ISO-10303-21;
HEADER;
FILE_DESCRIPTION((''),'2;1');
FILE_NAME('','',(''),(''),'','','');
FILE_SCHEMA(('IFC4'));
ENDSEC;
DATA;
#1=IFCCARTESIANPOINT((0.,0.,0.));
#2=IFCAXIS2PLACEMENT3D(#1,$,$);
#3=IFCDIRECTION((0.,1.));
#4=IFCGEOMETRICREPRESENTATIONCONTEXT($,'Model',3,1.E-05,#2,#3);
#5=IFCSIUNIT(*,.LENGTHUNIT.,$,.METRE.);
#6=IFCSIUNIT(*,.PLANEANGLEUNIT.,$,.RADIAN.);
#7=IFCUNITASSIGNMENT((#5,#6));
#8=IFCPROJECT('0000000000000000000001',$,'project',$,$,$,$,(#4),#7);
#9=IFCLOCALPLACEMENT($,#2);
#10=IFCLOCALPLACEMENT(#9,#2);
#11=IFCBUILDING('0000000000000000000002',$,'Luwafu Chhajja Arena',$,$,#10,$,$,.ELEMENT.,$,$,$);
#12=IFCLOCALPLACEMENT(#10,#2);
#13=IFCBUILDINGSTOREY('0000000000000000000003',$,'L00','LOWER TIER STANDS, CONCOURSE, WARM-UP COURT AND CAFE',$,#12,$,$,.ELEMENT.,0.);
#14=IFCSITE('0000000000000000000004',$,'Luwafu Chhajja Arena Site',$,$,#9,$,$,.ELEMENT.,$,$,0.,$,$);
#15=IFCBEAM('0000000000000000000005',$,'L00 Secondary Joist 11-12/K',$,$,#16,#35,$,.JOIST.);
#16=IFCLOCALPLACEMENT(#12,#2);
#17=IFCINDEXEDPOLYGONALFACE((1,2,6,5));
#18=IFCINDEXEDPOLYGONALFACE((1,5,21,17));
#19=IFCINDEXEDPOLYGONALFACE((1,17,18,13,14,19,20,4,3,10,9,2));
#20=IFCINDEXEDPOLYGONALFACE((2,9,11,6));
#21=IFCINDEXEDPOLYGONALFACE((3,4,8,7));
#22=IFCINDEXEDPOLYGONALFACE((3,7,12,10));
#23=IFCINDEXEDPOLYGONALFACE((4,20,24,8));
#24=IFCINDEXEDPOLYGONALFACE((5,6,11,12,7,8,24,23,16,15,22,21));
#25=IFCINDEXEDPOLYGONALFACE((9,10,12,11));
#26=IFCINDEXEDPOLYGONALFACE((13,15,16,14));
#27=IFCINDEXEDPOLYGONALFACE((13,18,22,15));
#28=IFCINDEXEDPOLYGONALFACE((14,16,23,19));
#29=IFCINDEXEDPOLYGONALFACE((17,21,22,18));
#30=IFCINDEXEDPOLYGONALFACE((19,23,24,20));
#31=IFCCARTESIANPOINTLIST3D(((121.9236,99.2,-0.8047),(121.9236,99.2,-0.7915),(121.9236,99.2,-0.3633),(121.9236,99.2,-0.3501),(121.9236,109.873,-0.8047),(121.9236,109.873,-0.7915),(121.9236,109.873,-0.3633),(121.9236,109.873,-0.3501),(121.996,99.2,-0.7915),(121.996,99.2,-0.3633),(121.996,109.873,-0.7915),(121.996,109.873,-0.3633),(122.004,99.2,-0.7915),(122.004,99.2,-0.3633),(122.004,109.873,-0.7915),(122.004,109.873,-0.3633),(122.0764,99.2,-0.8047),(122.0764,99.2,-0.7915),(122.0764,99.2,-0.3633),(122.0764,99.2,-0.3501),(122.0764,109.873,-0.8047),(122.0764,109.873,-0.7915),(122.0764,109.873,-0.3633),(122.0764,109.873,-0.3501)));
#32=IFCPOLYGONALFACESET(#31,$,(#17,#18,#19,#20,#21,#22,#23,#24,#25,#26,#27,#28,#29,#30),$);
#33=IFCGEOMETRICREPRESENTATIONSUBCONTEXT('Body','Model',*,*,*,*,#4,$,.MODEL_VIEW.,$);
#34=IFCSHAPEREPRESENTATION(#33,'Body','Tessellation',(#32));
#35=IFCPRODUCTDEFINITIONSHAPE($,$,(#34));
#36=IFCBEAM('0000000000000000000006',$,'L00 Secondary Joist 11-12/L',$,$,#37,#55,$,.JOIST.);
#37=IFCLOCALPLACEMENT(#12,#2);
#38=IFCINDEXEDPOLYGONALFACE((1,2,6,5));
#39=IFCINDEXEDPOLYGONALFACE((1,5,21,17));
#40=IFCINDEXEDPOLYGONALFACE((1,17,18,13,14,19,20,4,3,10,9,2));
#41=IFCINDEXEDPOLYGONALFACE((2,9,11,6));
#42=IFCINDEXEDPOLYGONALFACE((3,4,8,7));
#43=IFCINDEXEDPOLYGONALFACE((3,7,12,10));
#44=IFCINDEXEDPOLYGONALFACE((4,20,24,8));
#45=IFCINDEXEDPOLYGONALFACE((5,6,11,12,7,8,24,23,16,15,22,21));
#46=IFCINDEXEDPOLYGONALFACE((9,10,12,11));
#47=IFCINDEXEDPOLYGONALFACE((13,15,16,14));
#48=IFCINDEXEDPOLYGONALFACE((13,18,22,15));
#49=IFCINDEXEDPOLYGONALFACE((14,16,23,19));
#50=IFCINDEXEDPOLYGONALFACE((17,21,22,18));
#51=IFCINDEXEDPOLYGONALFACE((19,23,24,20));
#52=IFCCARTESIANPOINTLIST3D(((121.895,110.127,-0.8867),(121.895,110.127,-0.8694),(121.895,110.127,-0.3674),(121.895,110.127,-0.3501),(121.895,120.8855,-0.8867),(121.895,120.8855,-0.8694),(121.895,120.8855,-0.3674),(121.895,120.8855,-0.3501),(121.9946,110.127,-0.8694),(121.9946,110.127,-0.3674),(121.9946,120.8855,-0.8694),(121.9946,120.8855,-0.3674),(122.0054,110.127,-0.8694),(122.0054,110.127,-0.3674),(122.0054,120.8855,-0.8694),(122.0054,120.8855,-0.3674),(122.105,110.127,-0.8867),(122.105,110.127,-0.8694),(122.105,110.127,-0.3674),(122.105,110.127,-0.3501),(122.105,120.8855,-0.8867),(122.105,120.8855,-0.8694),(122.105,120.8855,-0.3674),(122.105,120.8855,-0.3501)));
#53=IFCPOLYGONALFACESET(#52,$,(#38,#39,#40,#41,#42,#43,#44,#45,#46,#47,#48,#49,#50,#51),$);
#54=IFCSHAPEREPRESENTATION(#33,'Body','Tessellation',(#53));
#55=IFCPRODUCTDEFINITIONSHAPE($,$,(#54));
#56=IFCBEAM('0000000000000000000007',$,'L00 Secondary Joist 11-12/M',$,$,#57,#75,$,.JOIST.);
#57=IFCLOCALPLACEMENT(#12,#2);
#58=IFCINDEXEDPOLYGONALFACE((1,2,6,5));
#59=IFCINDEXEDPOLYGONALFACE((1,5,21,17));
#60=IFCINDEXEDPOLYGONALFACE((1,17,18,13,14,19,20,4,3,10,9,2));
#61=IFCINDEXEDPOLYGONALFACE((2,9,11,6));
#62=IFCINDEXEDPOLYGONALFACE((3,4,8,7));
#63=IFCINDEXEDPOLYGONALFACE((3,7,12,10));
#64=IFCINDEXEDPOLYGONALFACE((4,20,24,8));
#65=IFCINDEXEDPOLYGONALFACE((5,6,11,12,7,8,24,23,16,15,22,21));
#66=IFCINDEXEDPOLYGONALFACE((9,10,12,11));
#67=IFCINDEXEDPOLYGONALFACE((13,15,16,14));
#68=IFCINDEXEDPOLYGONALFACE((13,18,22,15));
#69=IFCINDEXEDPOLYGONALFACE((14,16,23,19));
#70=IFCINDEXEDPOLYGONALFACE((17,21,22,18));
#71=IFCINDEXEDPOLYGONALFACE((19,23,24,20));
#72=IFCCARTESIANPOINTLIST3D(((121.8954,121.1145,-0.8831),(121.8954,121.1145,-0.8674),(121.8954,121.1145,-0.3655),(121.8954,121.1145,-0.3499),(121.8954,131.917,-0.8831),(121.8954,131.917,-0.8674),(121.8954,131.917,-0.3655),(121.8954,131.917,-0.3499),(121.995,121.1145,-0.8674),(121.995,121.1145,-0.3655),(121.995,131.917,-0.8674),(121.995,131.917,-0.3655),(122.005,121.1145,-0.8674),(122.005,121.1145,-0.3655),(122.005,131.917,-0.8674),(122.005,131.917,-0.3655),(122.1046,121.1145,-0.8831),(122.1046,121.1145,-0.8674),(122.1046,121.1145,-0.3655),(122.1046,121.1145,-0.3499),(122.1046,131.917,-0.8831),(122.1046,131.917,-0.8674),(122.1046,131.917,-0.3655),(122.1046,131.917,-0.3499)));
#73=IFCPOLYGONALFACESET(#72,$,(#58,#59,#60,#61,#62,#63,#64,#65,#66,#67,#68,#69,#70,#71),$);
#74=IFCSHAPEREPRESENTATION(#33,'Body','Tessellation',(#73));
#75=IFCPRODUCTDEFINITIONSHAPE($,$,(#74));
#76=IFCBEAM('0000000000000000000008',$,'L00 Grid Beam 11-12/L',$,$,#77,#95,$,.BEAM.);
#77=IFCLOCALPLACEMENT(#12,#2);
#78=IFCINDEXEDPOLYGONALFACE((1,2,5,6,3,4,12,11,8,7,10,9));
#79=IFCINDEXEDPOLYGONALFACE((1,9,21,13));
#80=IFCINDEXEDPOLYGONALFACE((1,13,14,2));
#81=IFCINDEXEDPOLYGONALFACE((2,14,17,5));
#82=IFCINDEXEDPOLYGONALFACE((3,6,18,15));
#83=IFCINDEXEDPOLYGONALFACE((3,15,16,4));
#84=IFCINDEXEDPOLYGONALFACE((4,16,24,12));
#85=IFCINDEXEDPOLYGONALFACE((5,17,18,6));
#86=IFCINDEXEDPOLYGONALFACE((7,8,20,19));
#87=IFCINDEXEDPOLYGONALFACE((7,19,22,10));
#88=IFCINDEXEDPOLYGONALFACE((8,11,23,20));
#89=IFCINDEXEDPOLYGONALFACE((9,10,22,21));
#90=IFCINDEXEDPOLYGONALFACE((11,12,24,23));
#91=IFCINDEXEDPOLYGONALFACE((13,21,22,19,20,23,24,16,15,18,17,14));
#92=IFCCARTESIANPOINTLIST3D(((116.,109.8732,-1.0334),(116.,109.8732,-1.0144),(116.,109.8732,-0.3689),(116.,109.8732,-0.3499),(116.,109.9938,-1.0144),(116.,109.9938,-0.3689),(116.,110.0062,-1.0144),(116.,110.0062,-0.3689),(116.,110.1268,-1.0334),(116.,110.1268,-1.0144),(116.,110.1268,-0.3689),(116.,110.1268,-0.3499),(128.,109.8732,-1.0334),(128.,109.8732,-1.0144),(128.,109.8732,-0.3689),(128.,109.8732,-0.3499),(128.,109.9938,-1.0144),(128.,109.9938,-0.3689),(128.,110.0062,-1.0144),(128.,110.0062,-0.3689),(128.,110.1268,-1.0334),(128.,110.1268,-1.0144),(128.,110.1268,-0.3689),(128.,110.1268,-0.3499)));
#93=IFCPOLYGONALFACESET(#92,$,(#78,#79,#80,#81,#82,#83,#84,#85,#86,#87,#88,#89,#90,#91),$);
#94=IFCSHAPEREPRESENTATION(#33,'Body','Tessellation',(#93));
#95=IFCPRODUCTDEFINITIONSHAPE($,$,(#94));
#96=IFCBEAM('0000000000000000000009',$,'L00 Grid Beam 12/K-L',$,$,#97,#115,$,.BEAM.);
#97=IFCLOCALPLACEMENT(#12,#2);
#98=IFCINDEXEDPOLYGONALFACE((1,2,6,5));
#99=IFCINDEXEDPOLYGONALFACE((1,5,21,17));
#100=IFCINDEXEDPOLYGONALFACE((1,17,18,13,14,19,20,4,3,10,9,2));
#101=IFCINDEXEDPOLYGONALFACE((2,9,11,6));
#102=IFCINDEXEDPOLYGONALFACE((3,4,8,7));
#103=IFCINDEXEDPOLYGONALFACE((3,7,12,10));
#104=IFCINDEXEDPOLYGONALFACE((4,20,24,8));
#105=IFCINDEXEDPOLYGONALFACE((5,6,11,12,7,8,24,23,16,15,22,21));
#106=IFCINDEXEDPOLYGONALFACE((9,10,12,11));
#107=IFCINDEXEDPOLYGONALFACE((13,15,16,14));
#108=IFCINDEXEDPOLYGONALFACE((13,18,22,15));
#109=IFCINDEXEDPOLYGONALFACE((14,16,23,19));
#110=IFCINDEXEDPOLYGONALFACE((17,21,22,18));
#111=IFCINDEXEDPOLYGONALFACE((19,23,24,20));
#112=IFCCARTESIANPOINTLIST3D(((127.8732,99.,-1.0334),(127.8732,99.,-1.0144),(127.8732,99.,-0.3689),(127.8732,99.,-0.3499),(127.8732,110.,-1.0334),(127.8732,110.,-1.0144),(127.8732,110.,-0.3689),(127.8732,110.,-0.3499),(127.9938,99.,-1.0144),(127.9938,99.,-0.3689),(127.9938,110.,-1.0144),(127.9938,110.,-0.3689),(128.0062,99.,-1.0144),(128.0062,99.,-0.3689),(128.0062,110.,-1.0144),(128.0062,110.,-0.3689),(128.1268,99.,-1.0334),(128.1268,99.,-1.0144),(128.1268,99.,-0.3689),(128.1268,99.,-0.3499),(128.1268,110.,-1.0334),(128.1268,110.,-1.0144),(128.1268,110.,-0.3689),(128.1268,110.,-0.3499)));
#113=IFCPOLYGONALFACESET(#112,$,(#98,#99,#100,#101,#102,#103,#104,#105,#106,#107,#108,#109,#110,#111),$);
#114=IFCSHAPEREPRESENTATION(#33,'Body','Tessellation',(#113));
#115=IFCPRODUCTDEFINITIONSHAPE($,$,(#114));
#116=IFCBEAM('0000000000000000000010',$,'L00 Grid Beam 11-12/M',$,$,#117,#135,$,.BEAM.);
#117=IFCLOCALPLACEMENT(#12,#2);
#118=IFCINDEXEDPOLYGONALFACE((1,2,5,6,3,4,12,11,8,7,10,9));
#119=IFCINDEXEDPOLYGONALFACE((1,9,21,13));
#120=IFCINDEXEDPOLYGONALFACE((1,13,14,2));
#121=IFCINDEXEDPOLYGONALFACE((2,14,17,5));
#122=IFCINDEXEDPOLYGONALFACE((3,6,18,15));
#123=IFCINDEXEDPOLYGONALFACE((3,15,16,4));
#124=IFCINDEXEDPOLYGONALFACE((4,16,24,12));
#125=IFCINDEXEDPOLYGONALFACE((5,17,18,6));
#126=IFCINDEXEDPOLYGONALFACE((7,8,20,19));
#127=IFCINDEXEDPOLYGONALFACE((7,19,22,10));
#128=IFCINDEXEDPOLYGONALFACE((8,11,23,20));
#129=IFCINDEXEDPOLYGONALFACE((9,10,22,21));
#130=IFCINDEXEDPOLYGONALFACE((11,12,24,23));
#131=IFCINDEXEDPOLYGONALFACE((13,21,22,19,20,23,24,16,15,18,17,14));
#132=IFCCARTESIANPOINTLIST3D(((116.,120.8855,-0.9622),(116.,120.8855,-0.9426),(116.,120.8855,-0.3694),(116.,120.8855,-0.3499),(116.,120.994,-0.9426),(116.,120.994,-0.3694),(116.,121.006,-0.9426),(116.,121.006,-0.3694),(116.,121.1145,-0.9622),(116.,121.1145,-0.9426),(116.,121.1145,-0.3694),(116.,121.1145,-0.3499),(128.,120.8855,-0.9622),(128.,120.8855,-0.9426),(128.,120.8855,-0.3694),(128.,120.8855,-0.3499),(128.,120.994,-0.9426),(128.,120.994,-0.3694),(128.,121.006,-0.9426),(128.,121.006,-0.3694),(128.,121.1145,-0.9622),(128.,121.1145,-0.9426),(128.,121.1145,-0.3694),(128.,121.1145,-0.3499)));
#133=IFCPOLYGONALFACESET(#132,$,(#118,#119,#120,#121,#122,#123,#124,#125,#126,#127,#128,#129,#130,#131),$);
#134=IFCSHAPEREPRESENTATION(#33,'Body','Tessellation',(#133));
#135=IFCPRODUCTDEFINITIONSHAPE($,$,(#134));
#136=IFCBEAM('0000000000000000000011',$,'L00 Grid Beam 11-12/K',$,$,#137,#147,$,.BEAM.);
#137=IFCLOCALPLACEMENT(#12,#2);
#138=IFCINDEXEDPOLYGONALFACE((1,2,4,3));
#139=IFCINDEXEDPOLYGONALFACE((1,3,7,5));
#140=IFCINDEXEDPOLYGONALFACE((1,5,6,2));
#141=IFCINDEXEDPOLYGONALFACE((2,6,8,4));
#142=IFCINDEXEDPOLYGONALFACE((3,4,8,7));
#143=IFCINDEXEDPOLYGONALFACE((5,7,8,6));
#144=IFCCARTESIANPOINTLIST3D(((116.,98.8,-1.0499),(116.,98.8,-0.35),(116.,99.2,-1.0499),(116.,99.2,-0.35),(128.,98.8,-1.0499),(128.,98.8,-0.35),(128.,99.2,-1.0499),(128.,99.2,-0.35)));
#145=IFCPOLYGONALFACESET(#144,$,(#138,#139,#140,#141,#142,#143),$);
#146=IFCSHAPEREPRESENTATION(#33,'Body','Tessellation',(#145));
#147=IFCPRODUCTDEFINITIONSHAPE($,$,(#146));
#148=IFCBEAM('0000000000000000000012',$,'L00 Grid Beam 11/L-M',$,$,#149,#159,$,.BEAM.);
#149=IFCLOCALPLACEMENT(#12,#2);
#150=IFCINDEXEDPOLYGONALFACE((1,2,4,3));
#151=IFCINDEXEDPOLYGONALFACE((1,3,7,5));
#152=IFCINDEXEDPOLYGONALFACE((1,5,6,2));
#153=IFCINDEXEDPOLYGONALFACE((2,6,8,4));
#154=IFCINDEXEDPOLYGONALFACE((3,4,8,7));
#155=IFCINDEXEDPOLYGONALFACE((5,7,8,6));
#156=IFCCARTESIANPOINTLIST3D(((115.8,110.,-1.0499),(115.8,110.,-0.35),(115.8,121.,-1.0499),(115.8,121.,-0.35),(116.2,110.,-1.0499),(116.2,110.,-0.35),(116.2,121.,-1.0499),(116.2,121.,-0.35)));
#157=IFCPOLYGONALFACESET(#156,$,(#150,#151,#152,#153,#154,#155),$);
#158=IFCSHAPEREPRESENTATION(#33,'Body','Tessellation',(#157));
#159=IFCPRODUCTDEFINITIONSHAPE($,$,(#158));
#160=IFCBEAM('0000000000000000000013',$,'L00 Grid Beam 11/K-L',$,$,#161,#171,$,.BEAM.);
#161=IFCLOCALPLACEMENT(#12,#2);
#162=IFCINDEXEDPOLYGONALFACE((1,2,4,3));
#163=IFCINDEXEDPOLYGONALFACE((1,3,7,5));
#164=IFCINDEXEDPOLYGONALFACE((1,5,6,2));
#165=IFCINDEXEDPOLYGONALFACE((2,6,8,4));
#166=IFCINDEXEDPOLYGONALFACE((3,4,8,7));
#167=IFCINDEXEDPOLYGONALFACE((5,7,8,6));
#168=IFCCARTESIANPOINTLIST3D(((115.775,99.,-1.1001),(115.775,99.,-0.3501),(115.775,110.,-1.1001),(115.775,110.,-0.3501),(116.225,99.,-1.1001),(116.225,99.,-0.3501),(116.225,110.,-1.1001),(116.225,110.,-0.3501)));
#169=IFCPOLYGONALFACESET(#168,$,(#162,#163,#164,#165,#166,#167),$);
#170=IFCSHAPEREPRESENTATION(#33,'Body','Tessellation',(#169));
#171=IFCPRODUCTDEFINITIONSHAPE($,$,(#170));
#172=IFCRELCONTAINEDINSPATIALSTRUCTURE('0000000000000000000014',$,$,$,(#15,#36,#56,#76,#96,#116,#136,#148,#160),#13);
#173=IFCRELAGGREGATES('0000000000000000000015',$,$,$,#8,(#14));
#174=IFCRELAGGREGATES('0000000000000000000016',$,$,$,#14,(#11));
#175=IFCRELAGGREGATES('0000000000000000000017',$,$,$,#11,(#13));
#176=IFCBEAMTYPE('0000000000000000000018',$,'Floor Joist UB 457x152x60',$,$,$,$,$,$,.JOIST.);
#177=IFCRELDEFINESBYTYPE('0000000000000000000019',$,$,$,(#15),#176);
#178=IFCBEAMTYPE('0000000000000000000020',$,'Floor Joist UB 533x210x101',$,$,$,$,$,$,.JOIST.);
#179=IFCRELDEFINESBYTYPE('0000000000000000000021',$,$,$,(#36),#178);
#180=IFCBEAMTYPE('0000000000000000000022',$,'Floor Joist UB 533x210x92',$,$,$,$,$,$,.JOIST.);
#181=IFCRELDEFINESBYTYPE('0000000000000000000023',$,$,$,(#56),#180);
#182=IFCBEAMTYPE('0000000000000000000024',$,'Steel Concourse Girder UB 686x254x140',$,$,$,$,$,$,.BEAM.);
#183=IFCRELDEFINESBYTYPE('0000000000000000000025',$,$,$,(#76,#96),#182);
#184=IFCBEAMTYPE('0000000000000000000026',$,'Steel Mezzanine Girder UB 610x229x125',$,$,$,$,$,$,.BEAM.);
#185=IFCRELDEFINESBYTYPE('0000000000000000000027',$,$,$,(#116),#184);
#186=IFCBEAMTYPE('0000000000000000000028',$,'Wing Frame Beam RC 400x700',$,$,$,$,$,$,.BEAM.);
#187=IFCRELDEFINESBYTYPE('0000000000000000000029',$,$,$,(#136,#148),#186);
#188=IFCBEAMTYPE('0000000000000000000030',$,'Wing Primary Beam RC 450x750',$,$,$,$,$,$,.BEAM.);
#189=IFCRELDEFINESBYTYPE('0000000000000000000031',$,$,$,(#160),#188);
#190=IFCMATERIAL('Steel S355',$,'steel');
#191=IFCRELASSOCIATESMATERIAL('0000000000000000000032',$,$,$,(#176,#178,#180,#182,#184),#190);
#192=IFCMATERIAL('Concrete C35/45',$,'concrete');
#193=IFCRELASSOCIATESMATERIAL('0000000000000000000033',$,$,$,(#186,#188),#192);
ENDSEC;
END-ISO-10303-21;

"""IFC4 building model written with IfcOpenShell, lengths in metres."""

from ifc_helpers import new_model, si_unit, direction, frame, origin, origin_2d, place, context, subcontext, project, spatial, rectangle, i_section, extrude, material, material_profile, profile_set, type_object, element, save


model = new_model("IFC4")

# Units and contexts
model_context = context("Model", 3, precision=1e-05, world=origin(), true_north=direction((0.0, 1.0)))
body_context = subcontext(model_context, "Body", "Model", "MODEL_VIEW")
ifc_project = project(units=[si_unit("LENGTHUNIT", "METRE"), si_unit("PLANEANGLEUNIT", "RADIAN")], contexts=[model_context])

# Site, building, storey
site_placement = place(None, origin())
site = spatial("IfcSite", under=ifc_project, at=site_placement, Name="Luwafu Chhajja Arena Site", CompositionType="ELEMENT", RefElevation=0.0)
building_placement = place(site_placement, origin())
building = spatial("IfcBuilding", under=site, at=building_placement, Name="Luwafu Chhajja Arena", CompositionType="ELEMENT")
storey_placement = place(building_placement, origin())
storey = spatial("IfcBuildingStorey", under=building, at=storey_placement, Name="L00", Description="LOWER TIER STANDS, CONCOURSE, WARM-UP COURT AND CAFE", CompositionType="ELEMENT", Elevation=0.0)

# Shared definitions
ifc_material_1 = material(Name="Concrete C35/45", Category="concrete")

# Beams
ifc_material_2 = material(Name="Steel S355", Category="steel")
ifc_material_profile_1 = material_profile(ifc_material_2, i_section(OverallWidth=0.1528, OverallDepth=0.4546, WebThickness=0.0081, FlangeThickness=0.0132, at=origin_2d()), Name="UB 457x152x60")
ifc_profile_set_1 = profile_set([ifc_material_profile_1], Name="Steel S355")
beam_type_1 = type_object("IfcBeamType", Name="Floor Joist UB 457x152x60", PredefinedType="JOIST", material=ifc_profile_set_1)
beam_1_placement = place(storey_placement, frame((122.0, 99.2, -0.5774), z_axis=(0.0, 1.0, 0.0), x_axis=(-1.0, 0.0, 0.0)))
element("IfcBeam", 1, at=beam_1_placement, inside=storey, type_object=beam_type_1, Name="L00 Secondary Joist 11-12/K", PredefinedType="JOIST", context=body_context, shape_type="SweptSolid", body=[
    extrude(i_section(OverallWidth=0.1528, OverallDepth=0.4546, WebThickness=0.0081, FlangeThickness=0.0132, at=origin_2d()), origin(), (0.0, 0.0, 1.0), 10.6731),
])
ifc_material_profile_2 = material_profile(ifc_material_2, i_section(OverallWidth=0.21, OverallDepth=0.5366, WebThickness=0.0107, FlangeThickness=0.0173, at=origin_2d()), Name="UB 533x210x101")
ifc_profile_set_2 = profile_set([ifc_material_profile_2], Name="Steel S355")
beam_type_2 = type_object("IfcBeamType", Name="Floor Joist UB 533x210x101", PredefinedType="JOIST", material=ifc_profile_set_2)
beam_2_placement = place(storey_placement, frame((122.0, 110.127, -0.6184), z_axis=(0.0, 1.0, 0.0), x_axis=(-1.0, 0.0, 0.0)))
element("IfcBeam", 2, at=beam_2_placement, inside=storey, type_object=beam_type_2, Name="L00 Secondary Joist 11-12/L", PredefinedType="JOIST", context=body_context, shape_type="SweptSolid", body=[
    extrude(i_section(OverallWidth=0.21, OverallDepth=0.5366, WebThickness=0.0107, FlangeThickness=0.0173, at=origin_2d()), origin(), (0.0, 0.0, 1.0), 10.7585),
])
ifc_material_profile_3 = material_profile(ifc_material_2, i_section(OverallWidth=0.2092, OverallDepth=0.5332, WebThickness=0.01, FlangeThickness=0.0156, at=origin_2d()), Name="UB 533x210x92")
ifc_profile_set_3 = profile_set([ifc_material_profile_3], Name="Steel S355")
beam_type_3 = type_object("IfcBeamType", Name="Floor Joist UB 533x210x92", PredefinedType="JOIST", material=ifc_profile_set_3)
beam_3_placement = place(storey_placement, frame((122.0, 121.1145, -0.6165), z_axis=(0.0, 1.0, 0.0), x_axis=(-1.0, 0.0, 0.0)))
element("IfcBeam", 3, at=beam_3_placement, inside=storey, type_object=beam_type_3, Name="L00 Secondary Joist 11-12/M", PredefinedType="JOIST", context=body_context, shape_type="SweptSolid", body=[
    extrude(i_section(OverallWidth=0.2092, OverallDepth=0.5332, WebThickness=0.01, FlangeThickness=0.0156, at=origin_2d()), origin(), (0.0, 0.0, 1.0), 10.8025),
])
ifc_material_profile_4 = material_profile(ifc_material_2, i_section(OverallWidth=0.2537, OverallDepth=0.6836, WebThickness=0.0125, FlangeThickness=0.019, at=origin_2d()), Name="UB 686x254x140")
ifc_profile_set_4 = profile_set([ifc_material_profile_4], Name="Steel S355")
beam_type_4 = type_object("IfcBeamType", Name="Steel Concourse Girder UB 686x254x140", PredefinedType="BEAM", material=ifc_profile_set_4)
beam_4_placement = place(storey_placement, frame((116.0, 110.0, -0.6917), z_axis=(1.0, 0.0, 0.0), x_axis=(0.0, 1.0, 0.0)))
element("IfcBeam", 4, at=beam_4_placement, inside=storey, type_object=beam_type_4, Name="L00 Grid Beam 11-12/L", PredefinedType="BEAM", context=body_context, shape_type="SweptSolid", body=[
    extrude(i_section(OverallWidth=0.2537, OverallDepth=0.6836, WebThickness=0.0125, FlangeThickness=0.019, at=origin_2d()), origin(), (0.0, 0.0, 1.0), 12.0),
])
beam_5_placement = place(storey_placement, frame((128.0, 99.0, -0.6917), z_axis=(0.0, 1.0, 0.0), x_axis=(-1.0, 0.0, 0.0)))
element("IfcBeam", 5, at=beam_5_placement, inside=storey, type_object=beam_type_4, Name="L00 Grid Beam 12/K-L", PredefinedType="BEAM", context=body_context, shape_type="SweptSolid", body=[
    extrude(i_section(OverallWidth=0.2537, OverallDepth=0.6836, WebThickness=0.0125, FlangeThickness=0.019, at=origin_2d()), origin(), (0.0, 0.0, 1.0), 11.0),
])
ifc_material_profile_5 = material_profile(ifc_material_2, i_section(OverallWidth=0.229, OverallDepth=0.6123, WebThickness=0.012, FlangeThickness=0.0195, at=origin_2d()), Name="UB 610x229x125")
ifc_profile_set_5 = profile_set([ifc_material_profile_5], Name="Steel S355")
beam_type_5 = type_object("IfcBeamType", Name="Steel Mezzanine Girder UB 610x229x125", PredefinedType="BEAM", material=ifc_profile_set_5)
beam_6_placement = place(storey_placement, frame((116.0, 121.0, -0.656), z_axis=(1.0, 0.0, 0.0), x_axis=(0.0, 1.0, 0.0)))
element("IfcBeam", 6, at=beam_6_placement, inside=storey, type_object=beam_type_5, Name="L00 Grid Beam 11-12/M", PredefinedType="BEAM", context=body_context, shape_type="SweptSolid", body=[
    extrude(i_section(OverallWidth=0.229, OverallDepth=0.6123, WebThickness=0.012, FlangeThickness=0.0195, at=origin_2d()), origin(), (0.0, 0.0, 1.0), 12.0),
])
ifc_material_profile_6 = material_profile(ifc_material_1, rectangle(XDim=0.3999, YDim=0.7, at=origin_2d()), Name="RC 400x700")
ifc_profile_set_6 = profile_set([ifc_material_profile_6], Name="Concrete C35/45")
beam_type_6 = type_object("IfcBeamType", Name="Wing Frame Beam RC 400x700", PredefinedType="BEAM", material=ifc_profile_set_6)
beam_7_placement = place(storey_placement, frame((116.0, 99.0, -0.7), z_axis=(1.0, 0.0, 0.0), x_axis=(0.0, 1.0, 0.0)))
element("IfcBeam", 7, at=beam_7_placement, inside=storey, type_object=beam_type_6, Name="L00 Grid Beam 11-12/K", PredefinedType="BEAM", context=body_context, shape_type="SweptSolid", body=[
    extrude(rectangle(XDim=0.3999, YDim=0.7, at=origin_2d()), origin(), (0.0, 0.0, 1.0), 12.0),
])
beam_8_placement = place(storey_placement, frame((116.0, 110.0, -0.7), z_axis=(0.0, 1.0, 0.0), x_axis=(-1.0, 0.0, 0.0)))
element("IfcBeam", 8, at=beam_8_placement, inside=storey, type_object=beam_type_6, Name="L00 Grid Beam 11/L-M", PredefinedType="BEAM", context=body_context, shape_type="SweptSolid", body=[
    extrude(rectangle(XDim=0.3999, YDim=0.7, at=origin_2d()), origin(), (0.0, 0.0, 1.0), 11.0),
])
ifc_material_profile_7 = material_profile(ifc_material_1, rectangle(XDim=0.45, YDim=0.75, at=origin_2d()), Name="RC 450x750")
ifc_profile_set_7 = profile_set([ifc_material_profile_7], Name="Concrete C35/45")
beam_type_7 = type_object("IfcBeamType", Name="Wing Primary Beam RC 450x750", PredefinedType="BEAM", material=ifc_profile_set_7)
beam_9_placement = place(storey_placement, frame((116.0, 99.0, -0.7251), z_axis=(0.0, 1.0, 0.0), x_axis=(-1.0, 0.0, 0.0)))
element("IfcBeam", 9, at=beam_9_placement, inside=storey, type_object=beam_type_7, Name="L00 Grid Beam 11/K-L", PredefinedType="BEAM", context=body_context, shape_type="SweptSolid", body=[
    extrude(rectangle(XDim=0.45, YDim=0.75, at=origin_2d()), origin(), (0.0, 0.0, 1.0), 11.0),
])

save(model, "model.ifc")
